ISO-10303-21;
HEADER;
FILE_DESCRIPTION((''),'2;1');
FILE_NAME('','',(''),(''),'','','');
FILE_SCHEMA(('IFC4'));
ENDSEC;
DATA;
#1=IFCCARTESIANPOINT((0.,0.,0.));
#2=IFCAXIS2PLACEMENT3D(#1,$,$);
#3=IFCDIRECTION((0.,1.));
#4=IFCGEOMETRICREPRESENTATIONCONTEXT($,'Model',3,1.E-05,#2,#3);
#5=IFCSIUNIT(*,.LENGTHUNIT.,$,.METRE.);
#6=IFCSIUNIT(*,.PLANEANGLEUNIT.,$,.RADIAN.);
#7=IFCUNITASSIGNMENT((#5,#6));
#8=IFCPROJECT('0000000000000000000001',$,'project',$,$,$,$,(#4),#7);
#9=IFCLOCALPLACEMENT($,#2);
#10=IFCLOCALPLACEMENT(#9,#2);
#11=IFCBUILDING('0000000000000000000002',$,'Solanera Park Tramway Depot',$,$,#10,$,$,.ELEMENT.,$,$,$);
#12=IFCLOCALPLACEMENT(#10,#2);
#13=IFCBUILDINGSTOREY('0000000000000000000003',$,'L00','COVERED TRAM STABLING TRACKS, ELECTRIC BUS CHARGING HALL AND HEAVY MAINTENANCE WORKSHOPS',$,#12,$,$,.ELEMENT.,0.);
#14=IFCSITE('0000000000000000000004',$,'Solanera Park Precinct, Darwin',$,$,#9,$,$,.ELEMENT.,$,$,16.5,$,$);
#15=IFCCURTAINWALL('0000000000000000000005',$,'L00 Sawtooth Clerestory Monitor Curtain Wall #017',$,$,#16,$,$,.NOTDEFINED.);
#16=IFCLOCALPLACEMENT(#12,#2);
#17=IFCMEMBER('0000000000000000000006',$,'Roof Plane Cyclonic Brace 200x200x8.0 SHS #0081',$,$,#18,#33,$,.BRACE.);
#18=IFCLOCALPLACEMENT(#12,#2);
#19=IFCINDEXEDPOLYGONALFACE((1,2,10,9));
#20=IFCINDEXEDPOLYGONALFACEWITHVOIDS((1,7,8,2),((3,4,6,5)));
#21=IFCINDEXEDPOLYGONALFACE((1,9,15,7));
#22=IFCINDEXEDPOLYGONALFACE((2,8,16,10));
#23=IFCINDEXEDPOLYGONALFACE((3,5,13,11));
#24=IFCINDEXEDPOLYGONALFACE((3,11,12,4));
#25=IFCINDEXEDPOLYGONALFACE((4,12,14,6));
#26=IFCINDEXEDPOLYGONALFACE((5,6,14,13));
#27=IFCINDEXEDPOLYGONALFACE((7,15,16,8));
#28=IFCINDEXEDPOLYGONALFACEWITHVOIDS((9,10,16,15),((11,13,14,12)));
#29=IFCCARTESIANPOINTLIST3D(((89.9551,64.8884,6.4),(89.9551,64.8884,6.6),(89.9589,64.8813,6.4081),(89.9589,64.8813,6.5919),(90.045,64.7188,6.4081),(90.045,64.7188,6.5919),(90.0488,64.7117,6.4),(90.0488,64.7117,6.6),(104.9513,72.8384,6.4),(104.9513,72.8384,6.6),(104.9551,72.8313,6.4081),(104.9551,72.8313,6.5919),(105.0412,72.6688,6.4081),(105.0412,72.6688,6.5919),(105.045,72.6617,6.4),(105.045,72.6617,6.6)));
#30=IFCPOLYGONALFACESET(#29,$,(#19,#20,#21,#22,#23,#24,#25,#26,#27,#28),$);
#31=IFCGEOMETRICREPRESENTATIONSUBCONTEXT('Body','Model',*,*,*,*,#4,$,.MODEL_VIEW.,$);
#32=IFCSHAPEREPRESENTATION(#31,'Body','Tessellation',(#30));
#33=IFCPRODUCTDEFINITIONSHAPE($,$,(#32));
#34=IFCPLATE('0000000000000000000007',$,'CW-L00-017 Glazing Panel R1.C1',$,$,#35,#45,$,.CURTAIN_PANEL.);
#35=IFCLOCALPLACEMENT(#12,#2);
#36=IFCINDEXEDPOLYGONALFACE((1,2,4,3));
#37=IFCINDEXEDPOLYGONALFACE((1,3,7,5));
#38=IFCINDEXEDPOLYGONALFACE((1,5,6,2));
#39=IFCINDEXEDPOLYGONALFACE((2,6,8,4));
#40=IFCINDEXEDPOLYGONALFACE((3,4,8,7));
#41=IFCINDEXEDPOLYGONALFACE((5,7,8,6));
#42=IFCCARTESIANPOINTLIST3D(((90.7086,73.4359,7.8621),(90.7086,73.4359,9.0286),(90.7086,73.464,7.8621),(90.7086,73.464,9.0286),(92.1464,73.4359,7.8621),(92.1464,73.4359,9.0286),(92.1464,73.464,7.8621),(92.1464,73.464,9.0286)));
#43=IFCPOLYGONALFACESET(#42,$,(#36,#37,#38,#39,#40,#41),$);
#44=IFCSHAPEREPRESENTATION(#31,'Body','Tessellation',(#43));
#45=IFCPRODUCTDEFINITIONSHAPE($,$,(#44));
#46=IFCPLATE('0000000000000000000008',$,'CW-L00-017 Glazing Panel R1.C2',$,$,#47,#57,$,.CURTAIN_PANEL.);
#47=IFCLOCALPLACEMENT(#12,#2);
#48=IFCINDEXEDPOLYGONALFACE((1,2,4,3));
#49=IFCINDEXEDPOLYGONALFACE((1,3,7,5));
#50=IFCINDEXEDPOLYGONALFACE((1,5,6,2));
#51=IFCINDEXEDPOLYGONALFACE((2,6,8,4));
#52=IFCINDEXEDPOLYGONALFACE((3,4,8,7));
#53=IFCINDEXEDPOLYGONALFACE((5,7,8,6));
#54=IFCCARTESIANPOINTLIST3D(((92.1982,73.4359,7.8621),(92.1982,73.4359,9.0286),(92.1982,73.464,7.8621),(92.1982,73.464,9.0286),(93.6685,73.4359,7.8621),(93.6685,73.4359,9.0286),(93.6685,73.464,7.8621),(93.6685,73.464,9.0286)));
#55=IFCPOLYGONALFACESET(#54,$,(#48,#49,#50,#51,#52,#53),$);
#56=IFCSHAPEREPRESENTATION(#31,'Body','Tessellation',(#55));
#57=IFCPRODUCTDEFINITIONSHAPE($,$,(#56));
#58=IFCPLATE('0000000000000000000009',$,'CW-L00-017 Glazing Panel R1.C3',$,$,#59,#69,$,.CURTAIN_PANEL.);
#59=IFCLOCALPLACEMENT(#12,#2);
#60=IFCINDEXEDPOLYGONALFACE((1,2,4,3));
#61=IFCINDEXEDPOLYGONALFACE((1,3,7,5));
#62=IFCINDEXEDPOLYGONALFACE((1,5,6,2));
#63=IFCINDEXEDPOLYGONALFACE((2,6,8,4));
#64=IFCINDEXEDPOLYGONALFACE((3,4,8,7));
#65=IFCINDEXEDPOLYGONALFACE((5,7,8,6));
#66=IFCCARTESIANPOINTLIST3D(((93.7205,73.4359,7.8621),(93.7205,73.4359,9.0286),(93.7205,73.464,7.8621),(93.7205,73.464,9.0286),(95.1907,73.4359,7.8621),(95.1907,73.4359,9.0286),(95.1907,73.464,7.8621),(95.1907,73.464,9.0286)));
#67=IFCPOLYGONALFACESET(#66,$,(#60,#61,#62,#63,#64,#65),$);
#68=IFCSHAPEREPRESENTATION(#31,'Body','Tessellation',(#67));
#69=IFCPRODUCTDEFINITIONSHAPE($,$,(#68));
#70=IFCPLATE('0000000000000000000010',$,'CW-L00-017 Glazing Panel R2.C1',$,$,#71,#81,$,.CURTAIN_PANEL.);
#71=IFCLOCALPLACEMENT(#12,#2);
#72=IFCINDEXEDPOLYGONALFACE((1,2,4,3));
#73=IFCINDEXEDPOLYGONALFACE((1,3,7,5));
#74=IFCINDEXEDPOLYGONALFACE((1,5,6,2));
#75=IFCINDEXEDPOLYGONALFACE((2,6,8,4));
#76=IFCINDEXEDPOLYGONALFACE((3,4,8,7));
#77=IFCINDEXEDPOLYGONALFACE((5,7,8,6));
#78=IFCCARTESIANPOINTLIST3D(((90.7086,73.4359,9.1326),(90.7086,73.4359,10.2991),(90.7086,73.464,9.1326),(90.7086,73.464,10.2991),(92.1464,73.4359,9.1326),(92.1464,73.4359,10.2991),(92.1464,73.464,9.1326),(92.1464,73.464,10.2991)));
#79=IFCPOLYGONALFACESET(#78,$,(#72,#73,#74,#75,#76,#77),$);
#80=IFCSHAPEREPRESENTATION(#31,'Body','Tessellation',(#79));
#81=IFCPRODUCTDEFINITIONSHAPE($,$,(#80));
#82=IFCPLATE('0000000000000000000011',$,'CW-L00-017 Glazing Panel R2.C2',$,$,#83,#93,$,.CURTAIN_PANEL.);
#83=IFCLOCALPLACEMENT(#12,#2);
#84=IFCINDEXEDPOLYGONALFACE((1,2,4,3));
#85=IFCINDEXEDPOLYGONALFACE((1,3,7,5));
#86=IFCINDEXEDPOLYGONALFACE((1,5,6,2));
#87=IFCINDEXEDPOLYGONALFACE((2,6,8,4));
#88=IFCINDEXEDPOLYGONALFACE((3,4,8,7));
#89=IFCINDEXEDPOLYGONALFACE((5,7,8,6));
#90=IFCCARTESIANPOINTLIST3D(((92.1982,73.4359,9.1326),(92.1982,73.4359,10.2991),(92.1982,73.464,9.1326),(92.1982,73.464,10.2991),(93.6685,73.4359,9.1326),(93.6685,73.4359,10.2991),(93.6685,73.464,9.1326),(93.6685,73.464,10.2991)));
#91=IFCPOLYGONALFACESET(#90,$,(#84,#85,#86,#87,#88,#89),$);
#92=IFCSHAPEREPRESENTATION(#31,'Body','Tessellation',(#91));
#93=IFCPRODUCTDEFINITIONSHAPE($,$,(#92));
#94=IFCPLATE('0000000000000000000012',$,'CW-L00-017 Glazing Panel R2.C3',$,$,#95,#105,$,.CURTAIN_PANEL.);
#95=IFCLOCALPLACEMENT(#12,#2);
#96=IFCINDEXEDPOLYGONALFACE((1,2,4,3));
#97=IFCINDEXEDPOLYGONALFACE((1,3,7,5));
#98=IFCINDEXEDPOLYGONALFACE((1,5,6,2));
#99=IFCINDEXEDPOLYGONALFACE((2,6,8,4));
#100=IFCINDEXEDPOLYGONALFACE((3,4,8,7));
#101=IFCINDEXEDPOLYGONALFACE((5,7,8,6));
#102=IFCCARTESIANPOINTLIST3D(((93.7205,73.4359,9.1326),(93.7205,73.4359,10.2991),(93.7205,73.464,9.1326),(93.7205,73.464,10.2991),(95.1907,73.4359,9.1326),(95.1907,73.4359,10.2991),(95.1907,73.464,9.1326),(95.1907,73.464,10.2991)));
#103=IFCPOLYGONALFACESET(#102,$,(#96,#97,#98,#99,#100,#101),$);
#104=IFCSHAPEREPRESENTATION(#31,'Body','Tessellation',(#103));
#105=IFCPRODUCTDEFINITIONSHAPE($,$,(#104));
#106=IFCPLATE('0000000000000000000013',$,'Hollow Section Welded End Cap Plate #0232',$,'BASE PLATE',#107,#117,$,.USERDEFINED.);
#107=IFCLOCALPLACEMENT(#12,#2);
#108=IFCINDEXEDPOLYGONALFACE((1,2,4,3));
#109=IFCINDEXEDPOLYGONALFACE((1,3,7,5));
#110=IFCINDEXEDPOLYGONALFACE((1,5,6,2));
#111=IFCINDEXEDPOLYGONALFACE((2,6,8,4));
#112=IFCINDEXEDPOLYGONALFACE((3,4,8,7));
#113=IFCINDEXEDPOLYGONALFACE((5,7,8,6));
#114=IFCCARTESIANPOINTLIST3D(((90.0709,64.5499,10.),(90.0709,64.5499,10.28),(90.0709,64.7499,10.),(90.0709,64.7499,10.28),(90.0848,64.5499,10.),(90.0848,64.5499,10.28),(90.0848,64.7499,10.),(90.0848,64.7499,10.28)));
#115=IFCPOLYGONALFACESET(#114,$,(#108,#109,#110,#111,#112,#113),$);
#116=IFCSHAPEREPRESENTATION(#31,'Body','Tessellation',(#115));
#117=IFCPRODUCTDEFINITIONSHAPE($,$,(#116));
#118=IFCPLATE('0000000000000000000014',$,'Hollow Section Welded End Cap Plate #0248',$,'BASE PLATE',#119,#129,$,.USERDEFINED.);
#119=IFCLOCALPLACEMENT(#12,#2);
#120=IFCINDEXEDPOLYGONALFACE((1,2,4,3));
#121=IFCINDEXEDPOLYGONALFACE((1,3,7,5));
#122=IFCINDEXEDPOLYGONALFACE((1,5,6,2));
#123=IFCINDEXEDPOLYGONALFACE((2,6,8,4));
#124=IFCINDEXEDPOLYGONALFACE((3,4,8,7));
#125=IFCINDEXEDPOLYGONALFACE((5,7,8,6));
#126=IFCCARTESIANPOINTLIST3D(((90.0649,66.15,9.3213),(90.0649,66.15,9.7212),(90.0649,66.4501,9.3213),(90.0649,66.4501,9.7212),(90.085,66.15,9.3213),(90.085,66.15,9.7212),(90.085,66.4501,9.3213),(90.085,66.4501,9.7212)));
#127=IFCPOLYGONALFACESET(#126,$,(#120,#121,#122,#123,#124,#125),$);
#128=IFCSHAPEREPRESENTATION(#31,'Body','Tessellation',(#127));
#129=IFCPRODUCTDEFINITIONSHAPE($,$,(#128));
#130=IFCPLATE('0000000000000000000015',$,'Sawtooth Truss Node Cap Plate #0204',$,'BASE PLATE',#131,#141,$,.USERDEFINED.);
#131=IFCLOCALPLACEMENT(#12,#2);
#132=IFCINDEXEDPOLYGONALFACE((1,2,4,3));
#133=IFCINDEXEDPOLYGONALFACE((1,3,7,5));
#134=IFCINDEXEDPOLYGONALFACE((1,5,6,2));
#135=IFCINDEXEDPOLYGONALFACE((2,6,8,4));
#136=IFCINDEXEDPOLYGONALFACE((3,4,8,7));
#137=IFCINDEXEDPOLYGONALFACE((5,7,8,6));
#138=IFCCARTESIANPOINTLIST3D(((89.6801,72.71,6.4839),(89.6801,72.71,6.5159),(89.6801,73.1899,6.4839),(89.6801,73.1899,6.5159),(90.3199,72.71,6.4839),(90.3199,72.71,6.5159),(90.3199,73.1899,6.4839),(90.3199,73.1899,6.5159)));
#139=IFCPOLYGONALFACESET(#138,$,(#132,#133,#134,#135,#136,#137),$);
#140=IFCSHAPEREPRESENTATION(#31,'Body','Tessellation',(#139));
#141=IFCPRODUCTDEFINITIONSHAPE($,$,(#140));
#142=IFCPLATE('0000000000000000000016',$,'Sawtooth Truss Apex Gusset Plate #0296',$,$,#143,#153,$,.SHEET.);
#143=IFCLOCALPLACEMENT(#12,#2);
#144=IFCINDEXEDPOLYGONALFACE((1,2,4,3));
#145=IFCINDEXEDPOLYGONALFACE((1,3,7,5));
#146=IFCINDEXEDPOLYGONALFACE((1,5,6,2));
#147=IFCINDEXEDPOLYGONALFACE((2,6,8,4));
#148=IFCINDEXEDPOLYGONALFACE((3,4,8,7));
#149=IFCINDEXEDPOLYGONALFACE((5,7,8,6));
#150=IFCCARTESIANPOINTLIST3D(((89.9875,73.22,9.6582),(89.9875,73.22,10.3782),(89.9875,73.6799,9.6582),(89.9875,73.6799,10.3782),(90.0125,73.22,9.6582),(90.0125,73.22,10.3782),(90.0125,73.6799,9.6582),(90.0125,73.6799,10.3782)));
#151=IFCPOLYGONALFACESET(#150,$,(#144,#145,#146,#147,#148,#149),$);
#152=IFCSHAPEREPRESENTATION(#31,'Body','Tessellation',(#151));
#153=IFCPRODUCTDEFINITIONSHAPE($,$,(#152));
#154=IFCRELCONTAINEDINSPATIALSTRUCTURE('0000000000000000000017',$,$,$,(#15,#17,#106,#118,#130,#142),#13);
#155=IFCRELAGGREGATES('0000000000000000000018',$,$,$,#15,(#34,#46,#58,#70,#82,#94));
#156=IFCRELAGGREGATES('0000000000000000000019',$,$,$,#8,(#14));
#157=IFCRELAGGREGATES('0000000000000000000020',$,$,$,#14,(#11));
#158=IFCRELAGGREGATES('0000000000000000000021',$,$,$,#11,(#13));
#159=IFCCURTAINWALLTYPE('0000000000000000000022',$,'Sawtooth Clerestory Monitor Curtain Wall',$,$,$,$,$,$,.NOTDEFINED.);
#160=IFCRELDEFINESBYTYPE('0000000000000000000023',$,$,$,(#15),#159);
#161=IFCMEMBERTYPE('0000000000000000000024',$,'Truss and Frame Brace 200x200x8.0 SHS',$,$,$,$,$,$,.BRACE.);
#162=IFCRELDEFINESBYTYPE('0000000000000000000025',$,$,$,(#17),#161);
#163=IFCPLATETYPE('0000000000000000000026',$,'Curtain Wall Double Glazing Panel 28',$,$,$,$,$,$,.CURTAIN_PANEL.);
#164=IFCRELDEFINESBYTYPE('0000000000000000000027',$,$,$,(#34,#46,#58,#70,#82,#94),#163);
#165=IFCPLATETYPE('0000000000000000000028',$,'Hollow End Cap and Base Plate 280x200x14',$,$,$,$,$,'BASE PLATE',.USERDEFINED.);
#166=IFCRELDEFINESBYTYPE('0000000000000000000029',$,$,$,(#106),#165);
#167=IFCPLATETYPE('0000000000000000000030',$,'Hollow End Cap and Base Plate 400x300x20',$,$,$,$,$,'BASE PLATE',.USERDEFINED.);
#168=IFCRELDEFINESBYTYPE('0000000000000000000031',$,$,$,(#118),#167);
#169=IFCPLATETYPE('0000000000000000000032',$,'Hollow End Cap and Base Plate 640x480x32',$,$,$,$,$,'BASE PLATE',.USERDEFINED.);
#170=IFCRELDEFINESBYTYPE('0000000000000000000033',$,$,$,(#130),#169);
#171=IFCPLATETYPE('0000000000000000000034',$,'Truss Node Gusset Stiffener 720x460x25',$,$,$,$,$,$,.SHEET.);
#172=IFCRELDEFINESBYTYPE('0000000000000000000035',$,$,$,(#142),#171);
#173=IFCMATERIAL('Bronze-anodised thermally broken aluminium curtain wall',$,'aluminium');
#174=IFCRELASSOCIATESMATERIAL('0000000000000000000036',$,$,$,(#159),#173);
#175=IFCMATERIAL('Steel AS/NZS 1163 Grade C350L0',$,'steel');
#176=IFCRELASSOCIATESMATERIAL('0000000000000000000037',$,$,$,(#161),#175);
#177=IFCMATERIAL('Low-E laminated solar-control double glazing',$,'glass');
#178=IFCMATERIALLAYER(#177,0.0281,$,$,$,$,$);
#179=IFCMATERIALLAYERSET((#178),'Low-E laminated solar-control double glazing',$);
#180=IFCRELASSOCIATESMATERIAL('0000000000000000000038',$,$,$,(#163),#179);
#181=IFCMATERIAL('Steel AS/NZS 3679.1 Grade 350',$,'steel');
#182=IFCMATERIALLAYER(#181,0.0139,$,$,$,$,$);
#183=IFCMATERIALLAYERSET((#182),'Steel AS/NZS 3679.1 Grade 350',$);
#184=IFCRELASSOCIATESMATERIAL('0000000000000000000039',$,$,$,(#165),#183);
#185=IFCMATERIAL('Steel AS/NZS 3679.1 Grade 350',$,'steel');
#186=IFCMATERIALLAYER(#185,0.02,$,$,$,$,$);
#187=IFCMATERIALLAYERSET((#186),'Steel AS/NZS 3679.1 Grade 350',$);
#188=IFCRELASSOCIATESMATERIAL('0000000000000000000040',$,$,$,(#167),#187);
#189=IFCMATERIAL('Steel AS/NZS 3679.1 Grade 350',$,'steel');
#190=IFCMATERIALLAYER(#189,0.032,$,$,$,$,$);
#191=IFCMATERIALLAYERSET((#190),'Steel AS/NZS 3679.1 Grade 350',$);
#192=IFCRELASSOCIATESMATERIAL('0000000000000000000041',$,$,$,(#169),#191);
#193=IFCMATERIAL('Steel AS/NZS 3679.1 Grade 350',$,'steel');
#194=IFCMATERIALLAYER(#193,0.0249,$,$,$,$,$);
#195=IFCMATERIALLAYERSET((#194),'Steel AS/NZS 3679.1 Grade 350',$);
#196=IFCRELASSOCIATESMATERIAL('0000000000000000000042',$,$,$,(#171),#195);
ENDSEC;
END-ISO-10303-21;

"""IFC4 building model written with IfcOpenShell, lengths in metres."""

from ifc_helpers import new_model, si_unit, direction, frame, origin, origin_2d, place, context, subcontext, project, spatial, rectangle, hollow_rectangle, extrude, material, layer, layer_set, material_profile, profile_set, type_object, element, aggregate, save


model = new_model("IFC4")

# Units and contexts
model_context = context("Model", 3, precision=1e-05, world=origin(), true_north=direction((0.0, 1.0)))
body_context = subcontext(model_context, "Body", "Model", "MODEL_VIEW")
ifc_project = project(units=[si_unit("LENGTHUNIT", "METRE"), si_unit("PLANEANGLEUNIT", "RADIAN")], contexts=[model_context])

# Site, building, storey
site_placement = place(None, origin())
site = spatial("IfcSite", under=ifc_project, at=site_placement, Name="Solanera Park Precinct, Darwin", CompositionType="ELEMENT", RefElevation=16.5)
building_placement = place(site_placement, origin())
building = spatial("IfcBuilding", under=site, at=building_placement, Name="Solanera Park Tramway Depot", CompositionType="ELEMENT")
storey_placement = place(building_placement, origin())
storey = spatial("IfcBuildingStorey", under=building, at=storey_placement, Name="L00", Description="COVERED TRAM STABLING TRACKS, ELECTRIC BUS CHARGING HALL AND HEAVY MAINTENANCE WORKSHOPS", CompositionType="ELEMENT", Elevation=0.0)

# Curtain wall
ifc_material_1 = material(Name="Bronze-anodised thermally broken aluminium curtain wall", Category="aluminium")
curtain_wall_type = type_object("IfcCurtainWallType", Name="Sawtooth Clerestory Monitor Curtain Wall", PredefinedType="NOTDEFINED", material=ifc_material_1)
curtain_wall_placement = place(storey_placement, origin())
curtain_wall = element("IfcCurtainWall", 1, at=curtain_wall_placement, inside=storey, type_object=curtain_wall_type, Name="L00 Sawtooth Clerestory Monitor Curtain Wall #017", PredefinedType="NOTDEFINED")

# Member
ifc_material_2 = material(Name="Steel AS/NZS 1163 Grade C350L0", Category="steel")
ifc_material_profile_1 = material_profile(ifc_material_2, hollow_rectangle(XDim=0.2, YDim=0.2, WallThickness=0.0081, at=origin_2d()), Name="200x200x8.0 SHS")
ifc_profile_set_1 = profile_set([ifc_material_profile_1], Name="Steel AS/NZS 1163 Grade C350L0")
member_type_1 = type_object("IfcMemberType", Name="Truss and Frame Brace 200x200x8.0 SHS", PredefinedType="BRACE", material=ifc_profile_set_1)
member_1_placement = place(storey_placement, frame((90.002, 64.8, 6.5), z_axis=(0.883524, 0.468387, 0.0), x_axis=(-0.468387, 0.883524, 0.0)))
element("IfcMember", 2, at=member_1_placement, inside=storey, type_object=member_type_1, Name="Roof Plane Cyclonic Brace 200x200x8.0 SHS #0081", PredefinedType="BRACE", context=body_context, shape_type="SweptSolid", body=[
    extrude(hollow_rectangle(XDim=0.2, YDim=0.2, WallThickness=0.0081, at=origin_2d()), origin(), (0.0, 0.0, 1.0), 16.9731),
])

# Plates
ifc_material_3 = material(Name="Low-E laminated solar-control double glazing", Category="glass")
ifc_layer_1 = layer(ifc_material_3, 0.0281)
ifc_layer_set_1 = layer_set([ifc_layer_1], Name="Low-E laminated solar-control double glazing")
plate_type_1 = type_object("IfcPlateType", Name="Curtain Wall Double Glazing Panel 28", PredefinedType="CURTAIN_PANEL", material=ifc_layer_set_1)
plate_1_placement = place(storey_placement, frame((91.4275, 73.45, 7.8621), z_axis=(0.0, 0.0, 1.0), x_axis=(1.0, 0.0, 0.0)))
plate_1 = element("IfcPlate", 3, at=plate_1_placement, type_object=plate_type_1, Name="CW-L00-017 Glazing Panel R1.C1", PredefinedType="CURTAIN_PANEL", context=body_context, shape_type="SweptSolid", body=[
    extrude(rectangle(XDim=1.4377, YDim=0.0281, at=origin_2d()), origin(), (0.0, 0.0, 1.0), 1.1665),
])
plate_2_placement = place(storey_placement, frame((92.9333, 73.45, 7.8621), z_axis=(0.0, 0.0, 1.0), x_axis=(1.0, 0.0, 0.0)))
plate_2 = element("IfcPlate", 4, at=plate_2_placement, type_object=plate_type_1, Name="CW-L00-017 Glazing Panel R1.C2", PredefinedType="CURTAIN_PANEL", context=body_context, shape_type="SweptSolid", body=[
    extrude(rectangle(XDim=1.4702, YDim=0.0281, at=origin_2d()), origin(), (0.0, 0.0, 1.0), 1.1665),
])
plate_3_placement = place(storey_placement, frame((94.4556, 73.45, 7.8621), z_axis=(0.0, 0.0, 1.0), x_axis=(1.0, 0.0, 0.0)))
plate_3 = element("IfcPlate", 5, at=plate_3_placement, type_object=plate_type_1, Name="CW-L00-017 Glazing Panel R1.C3", PredefinedType="CURTAIN_PANEL", context=body_context, shape_type="SweptSolid", body=[
    extrude(rectangle(XDim=1.4702, YDim=0.0281, at=origin_2d()), origin(), (0.0, 0.0, 1.0), 1.1665),
])
plate_4_placement = place(storey_placement, frame((91.4275, 73.45, 9.1326), z_axis=(0.0, 0.0, 1.0), x_axis=(1.0, 0.0, 0.0)))
plate_4 = element("IfcPlate", 6, at=plate_4_placement, type_object=plate_type_1, Name="CW-L00-017 Glazing Panel R2.C1", PredefinedType="CURTAIN_PANEL", context=body_context, shape_type="SweptSolid", body=[
    extrude(rectangle(XDim=1.4377, YDim=0.0281, at=origin_2d()), origin(), (0.0, 0.0, 1.0), 1.1665),
])
plate_5_placement = place(storey_placement, frame((92.9333, 73.45, 9.1326), z_axis=(0.0, 0.0, 1.0), x_axis=(1.0, 0.0, 0.0)))
plate_5 = element("IfcPlate", 7, at=plate_5_placement, type_object=plate_type_1, Name="CW-L00-017 Glazing Panel R2.C2", PredefinedType="CURTAIN_PANEL", context=body_context, shape_type="SweptSolid", body=[
    extrude(rectangle(XDim=1.4702, YDim=0.0281, at=origin_2d()), origin(), (0.0, 0.0, 1.0), 1.1665),
])
plate_6_placement = place(storey_placement, frame((94.4556, 73.45, 9.1326), z_axis=(0.0, 0.0, 1.0), x_axis=(1.0, 0.0, 0.0)))
plate_6 = element("IfcPlate", 8, at=plate_6_placement, type_object=plate_type_1, Name="CW-L00-017 Glazing Panel R2.C3", PredefinedType="CURTAIN_PANEL", context=body_context, shape_type="SweptSolid", body=[
    extrude(rectangle(XDim=1.4702, YDim=0.0281, at=origin_2d()), origin(), (0.0, 0.0, 1.0), 1.1665),
])
aggregate(curtain_wall, [plate_1, plate_2, plate_3, plate_4, plate_5, plate_6])

# Plates
ifc_material_4 = material(Name="Steel AS/NZS 3679.1 Grade 350", Category="steel")
ifc_layer_2 = layer(ifc_material_4, 0.0139)
ifc_layer_set_2 = layer_set([ifc_layer_2], Name="Steel AS/NZS 3679.1 Grade 350")
plate_type_2 = type_object("IfcPlateType", Name="Hollow End Cap and Base Plate 280x200x14", ElementType="BASE PLATE", PredefinedType="USERDEFINED", material=ifc_layer_set_2)
plate_7_placement = place(storey_placement, frame((90.0779, 64.6499, 10.0), z_axis=(0.0, 0.0, 1.0), x_axis=(1.0, 0.0, 0.0)))
element("IfcPlate", 9, at=plate_7_placement, inside=storey, type_object=plate_type_2, Name="Hollow Section Welded End Cap Plate #0232", ObjectType="BASE PLATE", PredefinedType="USERDEFINED", context=body_context, shape_type="SweptSolid", body=[
    extrude(rectangle(XDim=0.0139, YDim=0.2, at=origin_2d()), origin(), (0.0, 0.0, 1.0), 0.28),
])
ifc_material_5 = material(Name="Steel AS/NZS 3679.1 Grade 350", Category="steel")
ifc_layer_3 = layer(ifc_material_5, 0.02)
ifc_layer_set_3 = layer_set([ifc_layer_3], Name="Steel AS/NZS 3679.1 Grade 350")
plate_type_3 = type_object("IfcPlateType", Name="Hollow End Cap and Base Plate 400x300x20", ElementType="BASE PLATE", PredefinedType="USERDEFINED", material=ifc_layer_set_3)
plate_8_placement = place(storey_placement, frame((90.075, 66.3, 9.3213), z_axis=(0.0, 0.0, 1.0), x_axis=(1.0, 0.0, 0.0)))
element("IfcPlate", 10, at=plate_8_placement, inside=storey, type_object=plate_type_3, Name="Hollow Section Welded End Cap Plate #0248", ObjectType="BASE PLATE", PredefinedType="USERDEFINED", context=body_context, shape_type="SweptSolid", body=[
    extrude(rectangle(XDim=0.02, YDim=0.3, at=origin_2d()), origin(), (0.0, 0.0, 1.0), 0.3999),
])
ifc_material_6 = material(Name="Steel AS/NZS 3679.1 Grade 350", Category="steel")
ifc_layer_4 = layer(ifc_material_6, 0.032)
ifc_layer_set_4 = layer_set([ifc_layer_4], Name="Steel AS/NZS 3679.1 Grade 350")
plate_type_4 = type_object("IfcPlateType", Name="Hollow End Cap and Base Plate 640x480x32", ElementType="BASE PLATE", PredefinedType="USERDEFINED", material=ifc_layer_set_4)
plate_9_placement = place(storey_placement, frame((90.0, 72.95, 6.4839), z_axis=(0.0, 0.0, 1.0), x_axis=(1.0, 0.0, 0.0)))
element("IfcPlate", 11, at=plate_9_placement, inside=storey, type_object=plate_type_4, Name="Sawtooth Truss Node Cap Plate #0204", ObjectType="BASE PLATE", PredefinedType="USERDEFINED", context=body_context, shape_type="SweptSolid", body=[
    extrude(rectangle(XDim=0.6399, YDim=0.48, at=origin_2d()), origin(), (0.0, 0.0, 1.0), 0.032),
])
ifc_material_7 = material(Name="Steel AS/NZS 3679.1 Grade 350", Category="steel")
ifc_layer_5 = layer(ifc_material_7, 0.0249)
ifc_layer_set_5 = layer_set([ifc_layer_5], Name="Steel AS/NZS 3679.1 Grade 350")
plate_type_5 = type_object("IfcPlateType", Name="Truss Node Gusset Stiffener 720x460x25", PredefinedType="SHEET", material=ifc_layer_set_5)
plate_10_placement = place(storey_placement, frame((90.0, 73.45, 9.6582), z_axis=(0.0, 0.0, 1.0), x_axis=(1.0, 0.0, 0.0)))
element("IfcPlate", 12, at=plate_10_placement, inside=storey, type_object=plate_type_5, Name="Sawtooth Truss Apex Gusset Plate #0296", PredefinedType="SHEET", context=body_context, shape_type="SweptSolid", body=[
    extrude(rectangle(XDim=0.0249, YDim=0.46, at=origin_2d()), origin(), (0.0, 0.0, 1.0), 0.72),
])

save(model, "model.ifc")
